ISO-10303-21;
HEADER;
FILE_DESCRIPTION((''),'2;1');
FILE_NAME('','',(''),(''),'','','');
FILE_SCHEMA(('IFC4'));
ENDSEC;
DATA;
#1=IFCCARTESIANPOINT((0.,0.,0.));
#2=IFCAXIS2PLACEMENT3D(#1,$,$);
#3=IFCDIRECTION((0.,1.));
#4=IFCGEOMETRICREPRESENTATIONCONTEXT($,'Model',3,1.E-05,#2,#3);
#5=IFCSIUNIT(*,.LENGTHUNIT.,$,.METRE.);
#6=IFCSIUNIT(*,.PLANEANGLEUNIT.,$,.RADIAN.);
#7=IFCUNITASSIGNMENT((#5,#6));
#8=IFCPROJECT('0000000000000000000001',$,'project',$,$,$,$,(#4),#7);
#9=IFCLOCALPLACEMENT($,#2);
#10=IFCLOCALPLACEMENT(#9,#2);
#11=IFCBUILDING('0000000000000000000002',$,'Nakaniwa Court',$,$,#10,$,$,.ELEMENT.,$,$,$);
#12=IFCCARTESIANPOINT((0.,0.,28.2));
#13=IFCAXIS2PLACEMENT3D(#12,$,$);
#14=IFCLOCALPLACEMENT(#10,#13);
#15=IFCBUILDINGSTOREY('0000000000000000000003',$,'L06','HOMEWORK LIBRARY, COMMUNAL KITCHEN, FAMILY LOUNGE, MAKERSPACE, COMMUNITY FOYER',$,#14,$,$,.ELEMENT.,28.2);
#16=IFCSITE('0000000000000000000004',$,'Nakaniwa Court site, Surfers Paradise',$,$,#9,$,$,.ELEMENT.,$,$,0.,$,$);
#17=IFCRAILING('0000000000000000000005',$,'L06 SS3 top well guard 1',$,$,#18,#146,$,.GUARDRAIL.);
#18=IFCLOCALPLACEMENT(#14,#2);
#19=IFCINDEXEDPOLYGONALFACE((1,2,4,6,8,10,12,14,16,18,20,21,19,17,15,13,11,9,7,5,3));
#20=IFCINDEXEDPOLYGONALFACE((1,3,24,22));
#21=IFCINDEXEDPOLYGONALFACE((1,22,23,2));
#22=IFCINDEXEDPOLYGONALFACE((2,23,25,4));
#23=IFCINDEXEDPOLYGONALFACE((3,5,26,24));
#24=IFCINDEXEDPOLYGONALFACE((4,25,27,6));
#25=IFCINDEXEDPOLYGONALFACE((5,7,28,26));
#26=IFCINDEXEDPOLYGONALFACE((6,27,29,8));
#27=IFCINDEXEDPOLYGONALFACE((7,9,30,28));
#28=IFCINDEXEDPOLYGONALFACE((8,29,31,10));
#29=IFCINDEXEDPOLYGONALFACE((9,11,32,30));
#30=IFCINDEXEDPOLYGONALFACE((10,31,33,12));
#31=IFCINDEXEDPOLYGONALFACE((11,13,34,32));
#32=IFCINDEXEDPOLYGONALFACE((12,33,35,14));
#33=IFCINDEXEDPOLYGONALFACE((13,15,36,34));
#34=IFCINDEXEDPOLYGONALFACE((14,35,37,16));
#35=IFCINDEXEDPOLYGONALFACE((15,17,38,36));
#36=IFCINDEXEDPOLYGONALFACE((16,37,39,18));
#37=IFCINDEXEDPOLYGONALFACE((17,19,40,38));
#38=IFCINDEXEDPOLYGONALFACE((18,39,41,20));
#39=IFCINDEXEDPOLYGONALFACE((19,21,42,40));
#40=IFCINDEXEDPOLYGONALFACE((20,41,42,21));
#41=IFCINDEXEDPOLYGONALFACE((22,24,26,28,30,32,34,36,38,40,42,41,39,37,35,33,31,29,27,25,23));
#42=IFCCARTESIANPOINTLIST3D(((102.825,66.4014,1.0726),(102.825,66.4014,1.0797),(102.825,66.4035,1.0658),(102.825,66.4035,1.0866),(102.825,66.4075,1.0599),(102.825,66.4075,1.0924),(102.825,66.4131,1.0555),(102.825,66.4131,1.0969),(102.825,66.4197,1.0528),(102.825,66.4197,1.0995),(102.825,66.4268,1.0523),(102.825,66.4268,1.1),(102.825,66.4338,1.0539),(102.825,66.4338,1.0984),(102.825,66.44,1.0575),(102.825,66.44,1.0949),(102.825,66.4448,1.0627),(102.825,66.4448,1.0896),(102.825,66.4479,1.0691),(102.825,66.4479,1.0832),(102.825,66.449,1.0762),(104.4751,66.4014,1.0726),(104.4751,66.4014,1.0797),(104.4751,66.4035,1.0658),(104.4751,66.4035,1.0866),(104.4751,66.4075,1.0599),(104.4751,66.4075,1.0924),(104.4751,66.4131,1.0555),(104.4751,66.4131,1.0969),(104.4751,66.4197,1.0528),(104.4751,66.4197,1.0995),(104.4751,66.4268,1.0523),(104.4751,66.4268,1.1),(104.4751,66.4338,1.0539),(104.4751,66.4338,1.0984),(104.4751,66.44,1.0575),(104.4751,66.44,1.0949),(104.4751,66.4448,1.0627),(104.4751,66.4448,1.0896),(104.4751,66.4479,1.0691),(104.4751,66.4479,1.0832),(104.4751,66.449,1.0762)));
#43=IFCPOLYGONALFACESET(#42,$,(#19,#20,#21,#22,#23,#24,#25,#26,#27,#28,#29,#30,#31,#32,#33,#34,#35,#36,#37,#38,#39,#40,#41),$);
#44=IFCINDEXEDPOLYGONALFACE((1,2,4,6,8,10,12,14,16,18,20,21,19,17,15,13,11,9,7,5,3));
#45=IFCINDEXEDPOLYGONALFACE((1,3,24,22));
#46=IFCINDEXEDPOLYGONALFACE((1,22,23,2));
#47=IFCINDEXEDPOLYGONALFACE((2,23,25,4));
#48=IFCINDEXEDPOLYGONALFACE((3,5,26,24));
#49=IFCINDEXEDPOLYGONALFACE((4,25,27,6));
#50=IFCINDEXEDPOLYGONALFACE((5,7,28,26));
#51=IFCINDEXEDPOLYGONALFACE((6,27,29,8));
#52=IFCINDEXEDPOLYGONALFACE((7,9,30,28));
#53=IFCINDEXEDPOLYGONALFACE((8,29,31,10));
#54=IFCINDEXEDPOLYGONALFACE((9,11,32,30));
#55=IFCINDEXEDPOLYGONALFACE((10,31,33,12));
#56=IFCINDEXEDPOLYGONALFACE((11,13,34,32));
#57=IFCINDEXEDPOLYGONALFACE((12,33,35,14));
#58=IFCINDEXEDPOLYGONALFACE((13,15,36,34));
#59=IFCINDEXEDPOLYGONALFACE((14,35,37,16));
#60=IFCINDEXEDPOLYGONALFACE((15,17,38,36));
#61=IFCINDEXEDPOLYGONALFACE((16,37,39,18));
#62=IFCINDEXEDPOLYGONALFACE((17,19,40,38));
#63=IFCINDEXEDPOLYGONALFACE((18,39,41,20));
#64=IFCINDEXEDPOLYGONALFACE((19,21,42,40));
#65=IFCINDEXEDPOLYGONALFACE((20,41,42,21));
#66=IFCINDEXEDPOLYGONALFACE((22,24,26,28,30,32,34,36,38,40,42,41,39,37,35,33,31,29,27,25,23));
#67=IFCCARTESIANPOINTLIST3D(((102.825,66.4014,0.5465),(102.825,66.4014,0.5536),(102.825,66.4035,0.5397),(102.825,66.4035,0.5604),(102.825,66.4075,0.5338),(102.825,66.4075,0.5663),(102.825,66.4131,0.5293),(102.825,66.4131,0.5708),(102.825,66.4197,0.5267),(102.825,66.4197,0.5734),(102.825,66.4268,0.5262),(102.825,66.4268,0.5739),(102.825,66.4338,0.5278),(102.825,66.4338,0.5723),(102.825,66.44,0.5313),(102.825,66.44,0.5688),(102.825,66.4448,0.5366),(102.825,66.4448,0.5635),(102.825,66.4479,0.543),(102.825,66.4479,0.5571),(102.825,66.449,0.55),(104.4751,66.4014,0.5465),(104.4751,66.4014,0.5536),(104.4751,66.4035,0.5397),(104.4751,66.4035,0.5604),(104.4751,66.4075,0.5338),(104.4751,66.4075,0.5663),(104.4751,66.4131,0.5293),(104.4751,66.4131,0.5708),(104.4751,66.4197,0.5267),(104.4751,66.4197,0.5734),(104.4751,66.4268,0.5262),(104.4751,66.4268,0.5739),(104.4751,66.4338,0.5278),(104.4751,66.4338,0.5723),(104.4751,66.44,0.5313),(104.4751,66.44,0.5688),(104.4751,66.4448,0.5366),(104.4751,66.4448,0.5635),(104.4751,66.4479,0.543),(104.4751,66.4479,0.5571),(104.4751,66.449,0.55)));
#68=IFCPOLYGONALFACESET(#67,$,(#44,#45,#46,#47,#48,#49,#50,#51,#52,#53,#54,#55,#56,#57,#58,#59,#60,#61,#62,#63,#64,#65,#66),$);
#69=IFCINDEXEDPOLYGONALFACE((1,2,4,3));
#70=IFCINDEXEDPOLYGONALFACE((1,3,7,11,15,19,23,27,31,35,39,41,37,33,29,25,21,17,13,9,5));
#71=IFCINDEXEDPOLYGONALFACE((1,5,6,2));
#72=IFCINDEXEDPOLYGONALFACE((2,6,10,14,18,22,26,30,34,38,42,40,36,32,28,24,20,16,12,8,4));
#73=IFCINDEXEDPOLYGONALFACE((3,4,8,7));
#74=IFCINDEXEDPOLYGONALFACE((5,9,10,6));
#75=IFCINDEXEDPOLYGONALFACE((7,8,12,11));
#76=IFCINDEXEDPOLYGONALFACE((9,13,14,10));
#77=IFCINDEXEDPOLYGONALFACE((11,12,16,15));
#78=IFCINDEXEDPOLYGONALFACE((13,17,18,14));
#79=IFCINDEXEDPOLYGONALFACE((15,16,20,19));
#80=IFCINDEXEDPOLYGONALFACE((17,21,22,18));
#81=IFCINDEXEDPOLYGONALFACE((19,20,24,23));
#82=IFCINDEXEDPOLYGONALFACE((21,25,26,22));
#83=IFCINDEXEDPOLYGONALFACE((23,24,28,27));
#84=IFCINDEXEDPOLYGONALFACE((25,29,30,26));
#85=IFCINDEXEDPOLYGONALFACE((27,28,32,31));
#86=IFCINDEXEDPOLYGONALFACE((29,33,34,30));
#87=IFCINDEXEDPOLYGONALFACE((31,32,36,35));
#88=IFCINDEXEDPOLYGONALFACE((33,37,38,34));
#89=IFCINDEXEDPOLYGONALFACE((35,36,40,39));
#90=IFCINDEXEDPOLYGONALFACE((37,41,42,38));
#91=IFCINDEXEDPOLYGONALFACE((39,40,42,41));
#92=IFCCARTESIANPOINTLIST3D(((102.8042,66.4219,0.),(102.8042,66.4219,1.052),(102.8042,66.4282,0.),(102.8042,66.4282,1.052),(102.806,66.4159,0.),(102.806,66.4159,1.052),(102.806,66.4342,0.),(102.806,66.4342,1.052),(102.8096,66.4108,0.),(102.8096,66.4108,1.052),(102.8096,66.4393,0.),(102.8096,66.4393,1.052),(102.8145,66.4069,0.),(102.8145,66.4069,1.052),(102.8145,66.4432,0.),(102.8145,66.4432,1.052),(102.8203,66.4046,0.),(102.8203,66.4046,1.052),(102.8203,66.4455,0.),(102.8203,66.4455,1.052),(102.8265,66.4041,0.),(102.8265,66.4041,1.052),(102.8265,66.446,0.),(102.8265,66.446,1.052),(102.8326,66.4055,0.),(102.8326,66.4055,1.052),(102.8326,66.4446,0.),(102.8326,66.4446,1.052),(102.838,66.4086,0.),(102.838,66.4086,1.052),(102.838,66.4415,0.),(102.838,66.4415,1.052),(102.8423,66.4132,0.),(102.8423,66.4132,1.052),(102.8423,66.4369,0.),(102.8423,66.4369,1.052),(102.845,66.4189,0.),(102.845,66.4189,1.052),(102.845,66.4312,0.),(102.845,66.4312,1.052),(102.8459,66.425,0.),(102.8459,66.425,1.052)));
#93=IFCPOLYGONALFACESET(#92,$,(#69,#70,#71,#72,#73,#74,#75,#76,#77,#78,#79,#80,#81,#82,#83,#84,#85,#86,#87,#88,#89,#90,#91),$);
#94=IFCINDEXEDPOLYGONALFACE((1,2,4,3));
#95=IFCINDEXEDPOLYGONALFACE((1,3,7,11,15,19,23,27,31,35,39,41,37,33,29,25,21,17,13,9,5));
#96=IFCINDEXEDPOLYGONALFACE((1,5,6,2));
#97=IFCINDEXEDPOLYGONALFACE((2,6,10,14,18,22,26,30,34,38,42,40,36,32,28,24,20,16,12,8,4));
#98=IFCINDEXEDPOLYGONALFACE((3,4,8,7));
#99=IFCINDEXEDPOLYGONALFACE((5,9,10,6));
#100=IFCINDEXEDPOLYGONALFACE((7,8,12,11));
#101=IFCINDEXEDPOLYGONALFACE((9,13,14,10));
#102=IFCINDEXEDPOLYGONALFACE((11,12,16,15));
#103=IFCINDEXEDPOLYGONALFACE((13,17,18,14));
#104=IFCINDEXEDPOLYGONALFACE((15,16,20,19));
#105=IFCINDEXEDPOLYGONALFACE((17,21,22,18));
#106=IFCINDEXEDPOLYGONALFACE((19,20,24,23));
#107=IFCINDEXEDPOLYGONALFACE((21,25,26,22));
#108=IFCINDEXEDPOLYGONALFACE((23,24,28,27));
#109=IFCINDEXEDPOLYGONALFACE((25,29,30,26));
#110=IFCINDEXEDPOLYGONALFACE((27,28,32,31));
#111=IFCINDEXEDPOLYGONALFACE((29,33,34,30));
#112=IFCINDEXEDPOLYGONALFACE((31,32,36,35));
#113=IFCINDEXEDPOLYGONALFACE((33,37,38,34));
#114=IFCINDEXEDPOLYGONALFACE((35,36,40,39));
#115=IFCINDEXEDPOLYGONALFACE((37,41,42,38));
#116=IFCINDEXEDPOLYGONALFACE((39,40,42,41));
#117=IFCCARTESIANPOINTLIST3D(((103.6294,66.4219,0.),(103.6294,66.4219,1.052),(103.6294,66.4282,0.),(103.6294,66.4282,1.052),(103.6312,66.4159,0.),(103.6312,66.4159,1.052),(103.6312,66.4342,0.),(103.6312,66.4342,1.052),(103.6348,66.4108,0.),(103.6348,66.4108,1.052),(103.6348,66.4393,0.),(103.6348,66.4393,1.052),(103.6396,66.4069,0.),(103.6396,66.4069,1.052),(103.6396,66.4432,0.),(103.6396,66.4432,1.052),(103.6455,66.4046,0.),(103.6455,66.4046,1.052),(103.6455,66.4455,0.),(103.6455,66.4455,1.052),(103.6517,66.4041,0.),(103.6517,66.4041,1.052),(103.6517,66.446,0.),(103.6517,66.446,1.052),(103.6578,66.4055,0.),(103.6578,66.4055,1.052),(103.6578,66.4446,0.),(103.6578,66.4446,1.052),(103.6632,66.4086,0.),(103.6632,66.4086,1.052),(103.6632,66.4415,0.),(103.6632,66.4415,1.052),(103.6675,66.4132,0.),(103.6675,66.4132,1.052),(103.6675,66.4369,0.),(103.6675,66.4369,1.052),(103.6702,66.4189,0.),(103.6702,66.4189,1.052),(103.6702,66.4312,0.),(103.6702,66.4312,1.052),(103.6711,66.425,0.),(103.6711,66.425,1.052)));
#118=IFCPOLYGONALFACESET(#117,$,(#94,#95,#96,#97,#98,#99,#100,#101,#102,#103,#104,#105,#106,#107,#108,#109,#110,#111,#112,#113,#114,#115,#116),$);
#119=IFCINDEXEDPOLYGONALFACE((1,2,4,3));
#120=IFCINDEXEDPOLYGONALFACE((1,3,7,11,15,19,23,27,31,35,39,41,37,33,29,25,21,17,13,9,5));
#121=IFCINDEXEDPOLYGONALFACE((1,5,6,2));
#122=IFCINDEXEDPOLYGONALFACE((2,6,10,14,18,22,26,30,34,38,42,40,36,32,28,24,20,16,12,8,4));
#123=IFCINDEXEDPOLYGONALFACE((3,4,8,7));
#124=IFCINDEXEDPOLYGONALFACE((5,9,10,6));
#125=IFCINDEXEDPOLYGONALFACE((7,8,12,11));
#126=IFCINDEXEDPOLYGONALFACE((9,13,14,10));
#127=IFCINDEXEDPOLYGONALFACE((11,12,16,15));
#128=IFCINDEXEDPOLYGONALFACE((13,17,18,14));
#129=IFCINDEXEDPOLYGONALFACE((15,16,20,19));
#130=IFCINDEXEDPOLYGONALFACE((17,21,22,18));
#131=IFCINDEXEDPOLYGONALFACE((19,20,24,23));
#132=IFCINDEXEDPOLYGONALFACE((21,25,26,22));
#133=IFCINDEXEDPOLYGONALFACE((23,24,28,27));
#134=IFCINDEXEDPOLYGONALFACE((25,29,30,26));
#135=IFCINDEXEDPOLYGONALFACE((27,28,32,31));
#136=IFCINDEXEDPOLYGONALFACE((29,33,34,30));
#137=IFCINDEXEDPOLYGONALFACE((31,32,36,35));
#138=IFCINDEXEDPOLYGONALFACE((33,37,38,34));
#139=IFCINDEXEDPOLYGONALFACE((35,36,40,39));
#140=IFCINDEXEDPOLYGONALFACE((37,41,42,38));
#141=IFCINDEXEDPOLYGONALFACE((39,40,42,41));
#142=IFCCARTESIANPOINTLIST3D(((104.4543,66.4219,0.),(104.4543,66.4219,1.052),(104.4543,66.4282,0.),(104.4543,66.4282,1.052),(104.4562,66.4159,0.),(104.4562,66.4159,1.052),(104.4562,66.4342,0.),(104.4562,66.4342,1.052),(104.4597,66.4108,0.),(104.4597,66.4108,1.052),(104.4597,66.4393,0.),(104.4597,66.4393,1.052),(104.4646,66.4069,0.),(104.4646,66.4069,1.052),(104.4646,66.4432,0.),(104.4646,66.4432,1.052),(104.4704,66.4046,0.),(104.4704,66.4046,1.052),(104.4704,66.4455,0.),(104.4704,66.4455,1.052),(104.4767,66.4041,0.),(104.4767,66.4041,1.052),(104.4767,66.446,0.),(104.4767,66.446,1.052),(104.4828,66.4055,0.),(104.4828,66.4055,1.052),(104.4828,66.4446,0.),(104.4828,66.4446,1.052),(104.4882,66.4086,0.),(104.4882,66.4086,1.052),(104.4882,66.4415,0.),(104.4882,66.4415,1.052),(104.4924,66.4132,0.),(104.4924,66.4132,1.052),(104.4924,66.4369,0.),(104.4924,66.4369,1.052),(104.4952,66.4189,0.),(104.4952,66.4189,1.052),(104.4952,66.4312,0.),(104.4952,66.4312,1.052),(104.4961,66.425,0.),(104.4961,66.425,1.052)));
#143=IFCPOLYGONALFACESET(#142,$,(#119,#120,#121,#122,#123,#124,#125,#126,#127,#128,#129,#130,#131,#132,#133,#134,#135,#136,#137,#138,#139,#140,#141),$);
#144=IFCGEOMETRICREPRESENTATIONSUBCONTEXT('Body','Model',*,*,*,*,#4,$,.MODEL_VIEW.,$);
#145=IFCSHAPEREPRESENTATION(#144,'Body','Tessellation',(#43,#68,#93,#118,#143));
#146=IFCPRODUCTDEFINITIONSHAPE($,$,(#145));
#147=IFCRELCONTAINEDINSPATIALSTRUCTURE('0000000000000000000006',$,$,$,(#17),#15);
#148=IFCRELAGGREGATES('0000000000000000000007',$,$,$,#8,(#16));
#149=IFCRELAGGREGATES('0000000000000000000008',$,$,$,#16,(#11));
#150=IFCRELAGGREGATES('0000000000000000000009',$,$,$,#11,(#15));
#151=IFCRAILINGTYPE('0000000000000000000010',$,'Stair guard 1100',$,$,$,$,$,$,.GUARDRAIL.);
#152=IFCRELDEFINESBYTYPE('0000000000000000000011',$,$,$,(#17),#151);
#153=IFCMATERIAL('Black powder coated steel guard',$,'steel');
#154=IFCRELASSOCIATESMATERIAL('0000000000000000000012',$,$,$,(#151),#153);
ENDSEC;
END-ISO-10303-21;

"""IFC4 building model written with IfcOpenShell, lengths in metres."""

from ifc_helpers import new_model, si_unit, direction, frame, origin, origin_2d, place, context, subcontext, project, spatial, circle, extrude, material, type_object, element, save


model = new_model("IFC4")

# Units and contexts
model_context = context("Model", 3, precision=1e-05, world=origin(), true_north=direction((0.0, 1.0)))
body_context = subcontext(model_context, "Body", "Model", "MODEL_VIEW")
ifc_project = project(units=[si_unit("LENGTHUNIT", "METRE"), si_unit("PLANEANGLEUNIT", "RADIAN")], contexts=[model_context])

# Site, building, storey
site_placement = place(None, origin())
site = spatial("IfcSite", under=ifc_project, at=site_placement, Name="Nakaniwa Court site, Surfers Paradise", CompositionType="ELEMENT", RefElevation=0.0)
building_placement = place(site_placement, origin())
building = spatial("IfcBuilding", under=site, at=building_placement, Name="Nakaniwa Court", CompositionType="ELEMENT")
storey_placement = place(building_placement, frame((0.0, 0.0, 28.2)))
storey = spatial("IfcBuildingStorey", under=building, at=storey_placement, Name="L06", Description="HOMEWORK LIBRARY, COMMUNAL KITCHEN, FAMILY LOUNGE, MAKERSPACE, COMMUNITY FOYER", CompositionType="ELEMENT", Elevation=28.2)

# Railing
ifc_material_1 = material(Name="Black powder coated steel guard", Category="steel")
railing_type_1 = type_object("IfcRailingType", Name="Stair guard 1100", PredefinedType="GUARDRAIL", material=ifc_material_1)
railing_1_placement = place(storey_placement, frame((102.825, 66.425, 0.0)))
element("IfcRailing", 1, at=railing_1_placement, inside=storey, type_object=railing_type_1, Name="L06 SS3 top well guard 1", PredefinedType="GUARDRAIL", context=body_context, shape_type="SweptSolid", body=[
    extrude(circle(Radius=0.0239, at=origin_2d()), frame((0.0, 0.0, 1.0762), z_axis=(1.0, 0.0, 0.0), x_axis=(0.0, 1.0, 0.0)), (0.0, 0.0, 1.0), 1.6501),
    extrude(circle(Radius=0.0239, at=origin_2d()), frame((0.0, 0.0, 0.55), z_axis=(1.0, 0.0, 0.0), x_axis=(0.0, 1.0, 0.0)), (0.0, 0.0, 1.0), 1.6501),
    extrude(circle(Radius=0.021, at=origin_2d()), origin(), (0.0, 0.0, 1.0), 1.052),
    extrude(circle(Radius=0.021, at=origin_2d()), frame((0.8252, 0.0, 0.0)), (0.0, 0.0, 1.0), 1.052),
    extrude(circle(Radius=0.021, at=origin_2d()), frame((1.6501, 0.0, 0.0)), (0.0, 0.0, 1.0), 1.052),
])

save(model, "model.ifc")
